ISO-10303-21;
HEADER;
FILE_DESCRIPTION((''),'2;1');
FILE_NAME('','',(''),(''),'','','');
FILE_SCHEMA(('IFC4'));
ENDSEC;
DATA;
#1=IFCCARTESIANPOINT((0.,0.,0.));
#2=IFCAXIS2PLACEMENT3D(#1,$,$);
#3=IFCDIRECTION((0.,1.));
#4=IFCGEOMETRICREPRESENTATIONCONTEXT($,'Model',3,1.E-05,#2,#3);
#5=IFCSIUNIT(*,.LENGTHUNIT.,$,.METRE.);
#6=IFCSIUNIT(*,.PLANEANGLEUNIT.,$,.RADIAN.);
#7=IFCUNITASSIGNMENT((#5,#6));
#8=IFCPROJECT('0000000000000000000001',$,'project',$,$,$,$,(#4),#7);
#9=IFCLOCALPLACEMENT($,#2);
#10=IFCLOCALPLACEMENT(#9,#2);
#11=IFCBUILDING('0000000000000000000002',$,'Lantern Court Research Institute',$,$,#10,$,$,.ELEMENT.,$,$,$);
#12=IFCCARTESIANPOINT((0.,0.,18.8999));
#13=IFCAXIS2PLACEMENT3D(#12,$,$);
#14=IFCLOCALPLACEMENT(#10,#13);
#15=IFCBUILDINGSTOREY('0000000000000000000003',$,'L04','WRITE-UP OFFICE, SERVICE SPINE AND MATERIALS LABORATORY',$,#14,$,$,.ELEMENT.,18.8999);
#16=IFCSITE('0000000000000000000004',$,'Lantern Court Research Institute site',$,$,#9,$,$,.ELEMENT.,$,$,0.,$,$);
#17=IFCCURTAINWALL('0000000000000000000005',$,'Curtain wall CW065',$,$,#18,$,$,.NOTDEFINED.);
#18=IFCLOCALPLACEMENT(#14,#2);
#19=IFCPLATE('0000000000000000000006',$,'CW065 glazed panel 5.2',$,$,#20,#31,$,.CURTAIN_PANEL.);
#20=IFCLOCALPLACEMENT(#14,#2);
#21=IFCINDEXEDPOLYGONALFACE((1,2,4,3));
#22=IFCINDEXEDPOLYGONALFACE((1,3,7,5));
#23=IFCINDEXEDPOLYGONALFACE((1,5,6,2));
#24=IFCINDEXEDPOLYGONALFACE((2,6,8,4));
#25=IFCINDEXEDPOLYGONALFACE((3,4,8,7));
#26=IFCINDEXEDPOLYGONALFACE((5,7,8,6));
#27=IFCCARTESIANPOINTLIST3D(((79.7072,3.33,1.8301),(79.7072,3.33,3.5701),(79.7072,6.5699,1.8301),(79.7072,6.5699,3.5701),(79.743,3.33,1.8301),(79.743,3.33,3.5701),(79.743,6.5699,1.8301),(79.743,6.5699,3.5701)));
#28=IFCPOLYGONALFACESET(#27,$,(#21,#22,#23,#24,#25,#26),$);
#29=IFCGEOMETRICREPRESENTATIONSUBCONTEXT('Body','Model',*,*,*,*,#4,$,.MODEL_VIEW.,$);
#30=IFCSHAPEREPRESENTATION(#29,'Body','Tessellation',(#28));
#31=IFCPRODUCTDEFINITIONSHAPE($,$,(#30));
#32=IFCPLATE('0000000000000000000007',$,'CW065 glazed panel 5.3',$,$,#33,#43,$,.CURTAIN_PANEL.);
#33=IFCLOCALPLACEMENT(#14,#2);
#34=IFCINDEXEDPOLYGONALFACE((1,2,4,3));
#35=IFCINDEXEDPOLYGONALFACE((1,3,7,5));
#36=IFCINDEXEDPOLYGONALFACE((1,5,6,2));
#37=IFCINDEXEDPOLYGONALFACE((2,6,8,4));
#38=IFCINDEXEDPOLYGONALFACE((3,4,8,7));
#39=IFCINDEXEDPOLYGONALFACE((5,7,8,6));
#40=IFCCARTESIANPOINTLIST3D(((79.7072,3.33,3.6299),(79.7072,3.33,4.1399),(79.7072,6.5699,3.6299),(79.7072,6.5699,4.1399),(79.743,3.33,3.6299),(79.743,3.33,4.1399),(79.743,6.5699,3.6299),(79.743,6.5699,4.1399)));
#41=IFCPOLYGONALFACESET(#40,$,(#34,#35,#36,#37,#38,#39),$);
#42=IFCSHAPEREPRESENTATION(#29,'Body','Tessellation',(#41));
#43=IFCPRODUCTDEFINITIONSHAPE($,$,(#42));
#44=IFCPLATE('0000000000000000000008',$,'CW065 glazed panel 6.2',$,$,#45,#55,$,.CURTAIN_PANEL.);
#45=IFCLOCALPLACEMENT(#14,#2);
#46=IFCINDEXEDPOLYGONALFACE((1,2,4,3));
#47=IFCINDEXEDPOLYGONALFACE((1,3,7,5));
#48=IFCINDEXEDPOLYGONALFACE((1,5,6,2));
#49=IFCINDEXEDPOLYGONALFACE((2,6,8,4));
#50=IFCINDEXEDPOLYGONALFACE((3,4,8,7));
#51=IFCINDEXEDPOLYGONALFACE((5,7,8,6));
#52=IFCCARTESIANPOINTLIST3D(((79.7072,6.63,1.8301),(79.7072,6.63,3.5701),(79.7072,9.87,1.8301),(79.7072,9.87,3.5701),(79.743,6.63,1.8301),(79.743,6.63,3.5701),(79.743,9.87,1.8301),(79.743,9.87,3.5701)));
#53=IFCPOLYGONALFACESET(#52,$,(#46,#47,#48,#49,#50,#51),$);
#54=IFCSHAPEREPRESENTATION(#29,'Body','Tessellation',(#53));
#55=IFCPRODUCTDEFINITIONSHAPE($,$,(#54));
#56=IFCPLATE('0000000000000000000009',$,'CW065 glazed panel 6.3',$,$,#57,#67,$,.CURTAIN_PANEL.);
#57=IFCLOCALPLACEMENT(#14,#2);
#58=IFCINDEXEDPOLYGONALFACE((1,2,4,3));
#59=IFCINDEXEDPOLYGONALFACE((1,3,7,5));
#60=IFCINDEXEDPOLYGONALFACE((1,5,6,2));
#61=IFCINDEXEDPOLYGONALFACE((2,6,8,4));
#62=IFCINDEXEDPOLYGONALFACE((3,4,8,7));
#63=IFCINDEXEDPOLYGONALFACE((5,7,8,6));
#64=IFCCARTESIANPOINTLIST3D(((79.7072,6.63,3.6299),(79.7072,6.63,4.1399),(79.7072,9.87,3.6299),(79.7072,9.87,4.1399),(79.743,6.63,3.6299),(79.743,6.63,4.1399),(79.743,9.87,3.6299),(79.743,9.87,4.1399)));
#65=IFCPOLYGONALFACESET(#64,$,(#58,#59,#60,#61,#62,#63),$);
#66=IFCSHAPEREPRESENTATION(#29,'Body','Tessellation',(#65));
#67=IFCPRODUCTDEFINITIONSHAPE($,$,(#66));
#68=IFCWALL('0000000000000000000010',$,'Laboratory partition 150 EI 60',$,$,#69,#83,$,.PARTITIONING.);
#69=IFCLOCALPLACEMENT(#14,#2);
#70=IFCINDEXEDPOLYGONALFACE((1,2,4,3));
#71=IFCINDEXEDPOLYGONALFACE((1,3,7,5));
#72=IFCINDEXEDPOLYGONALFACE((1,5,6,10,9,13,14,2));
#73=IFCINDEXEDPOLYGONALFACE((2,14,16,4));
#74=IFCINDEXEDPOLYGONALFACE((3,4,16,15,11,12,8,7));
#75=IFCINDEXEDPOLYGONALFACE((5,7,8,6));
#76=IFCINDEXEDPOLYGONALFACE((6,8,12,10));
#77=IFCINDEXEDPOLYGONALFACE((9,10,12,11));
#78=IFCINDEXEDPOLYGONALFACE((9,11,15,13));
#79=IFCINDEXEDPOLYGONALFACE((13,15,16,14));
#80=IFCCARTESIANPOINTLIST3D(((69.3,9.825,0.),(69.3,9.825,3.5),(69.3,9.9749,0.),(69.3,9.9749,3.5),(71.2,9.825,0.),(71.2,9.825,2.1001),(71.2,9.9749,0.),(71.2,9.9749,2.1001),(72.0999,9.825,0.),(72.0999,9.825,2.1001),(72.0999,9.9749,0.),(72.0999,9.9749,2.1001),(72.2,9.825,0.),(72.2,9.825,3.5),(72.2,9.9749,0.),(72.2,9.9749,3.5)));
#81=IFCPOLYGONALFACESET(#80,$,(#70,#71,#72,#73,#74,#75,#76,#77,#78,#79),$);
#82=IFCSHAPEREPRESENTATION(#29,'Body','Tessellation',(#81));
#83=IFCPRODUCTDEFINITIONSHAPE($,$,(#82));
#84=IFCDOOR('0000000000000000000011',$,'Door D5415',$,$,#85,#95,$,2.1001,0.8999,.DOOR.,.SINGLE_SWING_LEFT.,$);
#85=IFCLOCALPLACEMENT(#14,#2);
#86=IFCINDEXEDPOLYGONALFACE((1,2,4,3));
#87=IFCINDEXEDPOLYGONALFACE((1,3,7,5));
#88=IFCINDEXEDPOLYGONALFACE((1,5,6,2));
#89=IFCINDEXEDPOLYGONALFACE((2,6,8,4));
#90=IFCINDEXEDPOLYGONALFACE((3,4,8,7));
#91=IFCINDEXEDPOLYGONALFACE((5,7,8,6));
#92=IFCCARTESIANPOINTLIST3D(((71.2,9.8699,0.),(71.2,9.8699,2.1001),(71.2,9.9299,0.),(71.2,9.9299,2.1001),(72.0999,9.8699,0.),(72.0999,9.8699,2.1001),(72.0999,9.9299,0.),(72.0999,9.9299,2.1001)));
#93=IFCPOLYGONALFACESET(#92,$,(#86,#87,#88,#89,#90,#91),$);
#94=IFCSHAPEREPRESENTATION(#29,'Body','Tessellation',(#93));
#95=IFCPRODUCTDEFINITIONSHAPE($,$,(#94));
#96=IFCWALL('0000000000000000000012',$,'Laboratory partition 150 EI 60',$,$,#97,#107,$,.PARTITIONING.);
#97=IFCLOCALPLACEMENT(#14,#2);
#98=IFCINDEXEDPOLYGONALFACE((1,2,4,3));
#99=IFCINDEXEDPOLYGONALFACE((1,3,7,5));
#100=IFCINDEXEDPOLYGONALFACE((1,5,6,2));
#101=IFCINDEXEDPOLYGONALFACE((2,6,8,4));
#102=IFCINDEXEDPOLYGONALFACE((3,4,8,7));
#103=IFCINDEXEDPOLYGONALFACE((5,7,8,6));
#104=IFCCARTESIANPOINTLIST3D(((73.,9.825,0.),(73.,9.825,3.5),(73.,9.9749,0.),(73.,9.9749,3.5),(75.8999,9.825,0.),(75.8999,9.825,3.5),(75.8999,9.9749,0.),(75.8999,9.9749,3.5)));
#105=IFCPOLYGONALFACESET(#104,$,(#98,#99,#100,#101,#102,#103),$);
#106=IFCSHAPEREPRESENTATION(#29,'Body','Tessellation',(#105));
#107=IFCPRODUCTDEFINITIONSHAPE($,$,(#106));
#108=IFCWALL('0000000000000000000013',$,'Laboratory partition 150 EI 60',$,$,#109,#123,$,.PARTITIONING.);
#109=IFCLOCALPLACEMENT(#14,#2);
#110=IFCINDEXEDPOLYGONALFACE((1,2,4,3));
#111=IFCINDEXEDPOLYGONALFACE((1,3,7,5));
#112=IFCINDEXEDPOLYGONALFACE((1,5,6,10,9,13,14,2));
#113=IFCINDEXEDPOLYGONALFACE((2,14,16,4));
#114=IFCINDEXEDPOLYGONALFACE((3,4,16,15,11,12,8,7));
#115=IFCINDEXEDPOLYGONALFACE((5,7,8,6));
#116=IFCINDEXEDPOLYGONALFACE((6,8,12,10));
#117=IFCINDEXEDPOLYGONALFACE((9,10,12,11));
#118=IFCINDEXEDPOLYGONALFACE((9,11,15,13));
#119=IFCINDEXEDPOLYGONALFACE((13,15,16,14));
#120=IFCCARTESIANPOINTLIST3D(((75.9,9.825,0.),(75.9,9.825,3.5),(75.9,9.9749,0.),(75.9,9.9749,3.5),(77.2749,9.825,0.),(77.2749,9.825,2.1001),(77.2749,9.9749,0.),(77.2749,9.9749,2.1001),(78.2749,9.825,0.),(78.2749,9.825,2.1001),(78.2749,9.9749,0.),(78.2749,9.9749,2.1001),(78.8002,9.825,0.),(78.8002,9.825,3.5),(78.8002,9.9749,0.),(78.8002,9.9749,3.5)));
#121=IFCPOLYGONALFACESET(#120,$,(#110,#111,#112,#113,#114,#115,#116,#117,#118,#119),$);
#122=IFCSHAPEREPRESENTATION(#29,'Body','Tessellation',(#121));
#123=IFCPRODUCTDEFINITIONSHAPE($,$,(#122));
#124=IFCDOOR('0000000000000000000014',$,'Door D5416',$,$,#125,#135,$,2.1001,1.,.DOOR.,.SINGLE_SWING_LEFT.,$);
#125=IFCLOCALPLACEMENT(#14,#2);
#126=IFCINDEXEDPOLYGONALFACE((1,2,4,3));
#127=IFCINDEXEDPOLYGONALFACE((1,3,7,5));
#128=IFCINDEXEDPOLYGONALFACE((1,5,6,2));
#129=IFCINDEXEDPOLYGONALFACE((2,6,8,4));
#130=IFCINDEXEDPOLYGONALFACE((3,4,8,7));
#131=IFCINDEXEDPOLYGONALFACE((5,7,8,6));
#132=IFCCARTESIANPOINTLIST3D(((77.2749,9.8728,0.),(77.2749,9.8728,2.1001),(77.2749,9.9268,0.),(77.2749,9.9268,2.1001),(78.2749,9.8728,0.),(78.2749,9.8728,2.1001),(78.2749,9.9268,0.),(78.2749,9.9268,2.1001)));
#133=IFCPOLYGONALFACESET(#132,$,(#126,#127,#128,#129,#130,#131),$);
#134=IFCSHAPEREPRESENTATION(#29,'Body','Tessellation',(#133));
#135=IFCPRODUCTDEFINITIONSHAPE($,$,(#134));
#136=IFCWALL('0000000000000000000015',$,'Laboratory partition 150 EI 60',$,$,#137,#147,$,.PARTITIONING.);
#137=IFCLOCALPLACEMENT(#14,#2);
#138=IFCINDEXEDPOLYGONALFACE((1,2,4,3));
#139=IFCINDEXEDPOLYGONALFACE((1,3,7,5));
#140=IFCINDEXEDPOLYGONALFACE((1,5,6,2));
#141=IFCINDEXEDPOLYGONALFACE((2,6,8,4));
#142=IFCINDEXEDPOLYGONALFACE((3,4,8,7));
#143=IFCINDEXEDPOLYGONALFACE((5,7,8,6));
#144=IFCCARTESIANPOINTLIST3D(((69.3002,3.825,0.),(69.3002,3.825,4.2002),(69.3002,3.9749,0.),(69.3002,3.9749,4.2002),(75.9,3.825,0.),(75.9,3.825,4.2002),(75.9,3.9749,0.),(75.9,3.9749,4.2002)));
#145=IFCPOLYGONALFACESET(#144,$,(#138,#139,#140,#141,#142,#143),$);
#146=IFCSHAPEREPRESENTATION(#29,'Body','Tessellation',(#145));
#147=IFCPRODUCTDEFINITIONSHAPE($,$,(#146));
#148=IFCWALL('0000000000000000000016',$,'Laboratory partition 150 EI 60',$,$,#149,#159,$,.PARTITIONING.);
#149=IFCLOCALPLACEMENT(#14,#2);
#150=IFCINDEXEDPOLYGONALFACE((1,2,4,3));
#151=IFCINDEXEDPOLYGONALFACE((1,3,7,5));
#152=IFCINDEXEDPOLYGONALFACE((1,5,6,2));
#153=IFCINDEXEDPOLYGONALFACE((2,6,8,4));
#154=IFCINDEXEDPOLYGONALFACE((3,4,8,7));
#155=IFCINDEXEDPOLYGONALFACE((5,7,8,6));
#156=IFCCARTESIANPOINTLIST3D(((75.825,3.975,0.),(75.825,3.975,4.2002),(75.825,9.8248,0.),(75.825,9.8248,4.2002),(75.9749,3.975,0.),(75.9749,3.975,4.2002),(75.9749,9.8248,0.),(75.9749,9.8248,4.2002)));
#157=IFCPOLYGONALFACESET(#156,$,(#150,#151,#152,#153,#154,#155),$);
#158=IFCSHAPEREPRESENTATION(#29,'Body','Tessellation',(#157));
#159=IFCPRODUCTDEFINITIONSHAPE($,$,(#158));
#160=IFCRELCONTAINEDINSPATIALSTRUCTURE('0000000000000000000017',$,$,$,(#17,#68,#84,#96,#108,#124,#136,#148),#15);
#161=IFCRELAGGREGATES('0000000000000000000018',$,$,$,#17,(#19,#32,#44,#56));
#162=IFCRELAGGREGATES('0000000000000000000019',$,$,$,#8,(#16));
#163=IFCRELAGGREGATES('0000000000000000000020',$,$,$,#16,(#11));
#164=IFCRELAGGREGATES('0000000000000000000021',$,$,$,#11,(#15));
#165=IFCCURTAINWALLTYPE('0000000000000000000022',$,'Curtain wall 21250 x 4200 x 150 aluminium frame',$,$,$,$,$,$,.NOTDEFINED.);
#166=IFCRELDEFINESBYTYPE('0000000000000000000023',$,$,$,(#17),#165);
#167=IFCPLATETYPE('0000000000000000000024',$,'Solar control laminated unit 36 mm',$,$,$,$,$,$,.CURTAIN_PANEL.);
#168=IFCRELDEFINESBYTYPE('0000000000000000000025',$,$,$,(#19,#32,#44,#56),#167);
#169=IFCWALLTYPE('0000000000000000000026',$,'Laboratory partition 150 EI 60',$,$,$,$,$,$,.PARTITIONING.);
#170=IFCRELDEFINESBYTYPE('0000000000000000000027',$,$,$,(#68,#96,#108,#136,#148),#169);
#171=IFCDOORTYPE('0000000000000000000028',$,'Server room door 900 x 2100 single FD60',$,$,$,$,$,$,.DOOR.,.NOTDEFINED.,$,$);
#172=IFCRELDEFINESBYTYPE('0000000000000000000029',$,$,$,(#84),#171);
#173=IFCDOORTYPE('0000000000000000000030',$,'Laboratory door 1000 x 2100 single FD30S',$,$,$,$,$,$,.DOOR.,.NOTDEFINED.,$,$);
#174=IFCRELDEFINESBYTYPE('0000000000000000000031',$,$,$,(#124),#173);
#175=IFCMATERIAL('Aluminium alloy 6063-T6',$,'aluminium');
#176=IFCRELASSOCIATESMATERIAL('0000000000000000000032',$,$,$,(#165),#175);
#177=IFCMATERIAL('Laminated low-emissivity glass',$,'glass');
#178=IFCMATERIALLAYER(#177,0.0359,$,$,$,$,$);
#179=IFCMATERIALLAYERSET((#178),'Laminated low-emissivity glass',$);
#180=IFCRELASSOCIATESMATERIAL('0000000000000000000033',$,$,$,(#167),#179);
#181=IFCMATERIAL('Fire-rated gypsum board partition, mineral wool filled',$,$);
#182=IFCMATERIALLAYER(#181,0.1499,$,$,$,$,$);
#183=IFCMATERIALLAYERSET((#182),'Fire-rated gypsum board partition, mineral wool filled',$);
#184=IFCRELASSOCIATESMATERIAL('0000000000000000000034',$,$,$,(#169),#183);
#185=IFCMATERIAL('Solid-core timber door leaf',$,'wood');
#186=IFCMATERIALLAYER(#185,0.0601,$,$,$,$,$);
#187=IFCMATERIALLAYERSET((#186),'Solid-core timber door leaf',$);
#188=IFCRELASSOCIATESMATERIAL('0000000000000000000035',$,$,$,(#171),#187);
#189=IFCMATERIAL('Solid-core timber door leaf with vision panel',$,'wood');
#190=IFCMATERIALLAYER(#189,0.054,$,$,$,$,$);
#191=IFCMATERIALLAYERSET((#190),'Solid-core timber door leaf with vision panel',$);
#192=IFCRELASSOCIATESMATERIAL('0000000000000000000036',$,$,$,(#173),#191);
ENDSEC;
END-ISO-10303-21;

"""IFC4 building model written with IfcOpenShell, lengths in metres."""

from ifc_helpers import new_model, si_unit, direction, frame, frame_2d, origin, origin_2d, place, context, subcontext, project, spatial, rectangle, extrude, material, layer, layer_set, type_object, element, fill, aggregate, save


model = new_model("IFC4")

# Units and contexts
model_context = context("Model", 3, precision=1e-05, world=origin(), true_north=direction((0.0, 1.0)))
body_context = subcontext(model_context, "Body", "Model", "MODEL_VIEW")
ifc_project = project(units=[si_unit("LENGTHUNIT", "METRE"), si_unit("PLANEANGLEUNIT", "RADIAN")], contexts=[model_context])

# Site, building, storey
site_placement = place(None, origin())
site = spatial("IfcSite", under=ifc_project, at=site_placement, Name="Lantern Court Research Institute site", CompositionType="ELEMENT", RefElevation=0.0)
building_placement = place(site_placement, origin())
building = spatial("IfcBuilding", under=site, at=building_placement, Name="Lantern Court Research Institute", CompositionType="ELEMENT")
storey_placement = place(building_placement, frame((0.0, 0.0, 18.8999)))
storey = spatial("IfcBuildingStorey", under=building, at=storey_placement, Name="L04", Description="WRITE-UP OFFICE, SERVICE SPINE AND MATERIALS LABORATORY", CompositionType="ELEMENT", Elevation=18.8999)

# Curtain wall
ifc_material_1 = material(Name="Aluminium alloy 6063-T6", Category="aluminium")
curtain_wall_type = type_object("IfcCurtainWallType", Name="Curtain wall 21250 x 4200 x 150 aluminium frame", PredefinedType="NOTDEFINED", material=ifc_material_1)
curtain_wall_placement = place(storey_placement, origin())
curtain_wall = element("IfcCurtainWall", 1, at=curtain_wall_placement, inside=storey, type_object=curtain_wall_type, Name="Curtain wall CW065", PredefinedType="NOTDEFINED")

# Plates
ifc_material_2 = material(Name="Laminated low-emissivity glass", Category="glass")
ifc_layer_1 = layer(ifc_material_2, 0.0359)
ifc_layer_set_1 = layer_set([ifc_layer_1], Name="Laminated low-emissivity glass")
plate_type_1 = type_object("IfcPlateType", Name="Solar control laminated unit 36 mm", PredefinedType="CURTAIN_PANEL", material=ifc_layer_set_1)
plate_1_placement = place(storey_placement, frame((79.7251, 4.95, 1.8301), z_axis=(0.0, 0.0, 1.0), x_axis=(0.0, -1.0, 0.0)))
plate_1 = element("IfcPlate", 2, at=plate_1_placement, type_object=plate_type_1, Name="CW065 glazed panel 5.2", PredefinedType="CURTAIN_PANEL", context=body_context, shape_type="SweptSolid", body=[
    extrude(rectangle(XDim=3.24, YDim=0.0359, at=origin_2d()), origin(), (0.0, 0.0, 1.0), 1.74),
])
plate_2_placement = place(storey_placement, frame((79.7251, 4.95, 3.6299), z_axis=(0.0, 0.0, 1.0), x_axis=(0.0, -1.0, 0.0)))
plate_2 = element("IfcPlate", 3, at=plate_2_placement, type_object=plate_type_1, Name="CW065 glazed panel 5.3", PredefinedType="CURTAIN_PANEL", context=body_context, shape_type="SweptSolid", body=[
    extrude(rectangle(XDim=3.24, YDim=0.0359, at=origin_2d()), origin(), (0.0, 0.0, 1.0), 0.51),
])
plate_3_placement = place(storey_placement, frame((79.7251, 8.25, 1.8301), z_axis=(0.0, 0.0, 1.0), x_axis=(0.0, -1.0, 0.0)))
plate_3 = element("IfcPlate", 4, at=plate_3_placement, type_object=plate_type_1, Name="CW065 glazed panel 6.2", PredefinedType="CURTAIN_PANEL", context=body_context, shape_type="SweptSolid", body=[
    extrude(rectangle(XDim=3.24, YDim=0.0359, at=origin_2d()), origin(), (0.0, 0.0, 1.0), 1.74),
])
plate_4_placement = place(storey_placement, frame((79.7251, 8.25, 3.6299), z_axis=(0.0, 0.0, 1.0), x_axis=(0.0, -1.0, 0.0)))
plate_4 = element("IfcPlate", 5, at=plate_4_placement, type_object=plate_type_1, Name="CW065 glazed panel 6.3", PredefinedType="CURTAIN_PANEL", context=body_context, shape_type="SweptSolid", body=[
    extrude(rectangle(XDim=3.24, YDim=0.0359, at=origin_2d()), origin(), (0.0, 0.0, 1.0), 0.51),
])
aggregate(curtain_wall, [plate_1, plate_2, plate_3, plate_4])

# Wall, opening, door
ifc_material_3 = material(Name="Fire-rated gypsum board partition, mineral wool filled")
ifc_layer_2 = layer(ifc_material_3, 0.1499)
ifc_layer_set_2 = layer_set([ifc_layer_2], Name="Fire-rated gypsum board partition, mineral wool filled")
wall_type = type_object("IfcWallType", Name="Laboratory partition 150 EI 60", PredefinedType="PARTITIONING", material=ifc_layer_set_2)
wall_1_placement = place(storey_placement, frame((69.3, 9.8999, 0.0), z_axis=(0.0, 0.0, 1.0), x_axis=(1.0, 0.0, 0.0)))
wall_1 = element("IfcWall", 6, at=wall_1_placement, inside=storey, type_object=wall_type, Name="Laboratory partition 150 EI 60", PredefinedType="PARTITIONING", context=body_context, shape_type="SweptSolid", body=[
    extrude(rectangle(XDim=2.8999, YDim=0.1499, at=frame_2d((1.45, 0.0))), origin(), (0.0, 0.0, 1.0), 3.5),
])
opening_1_placement = place(wall_1_placement, frame((1.8999, 0.0, 0.0)))
opening_1 = element("IfcOpeningElement", 7, at=opening_1_placement, cuts=wall_1, PredefinedType="OPENING", context=body_context, shape_type="SweptSolid", body=[
    extrude(rectangle(XDim=0.8999, YDim=2.1001, at=frame_2d((0.45, 1.05))), frame((0.0, 0.085, 0.0), z_axis=(0.0, -1.0, 0.0), x_axis=(1.0, 0.0, 0.0)), (0.0, 0.0, 1.0), 0.1699),
])
ifc_material_4 = material(Name="Solid-core timber door leaf", Category="wood")
ifc_layer_3 = layer(ifc_material_4, 0.0601)
ifc_layer_set_3 = layer_set([ifc_layer_3], Name="Solid-core timber door leaf")
door_type_1 = type_object("IfcDoorType", Name="Server room door 900 x 2100 single FD60", OperationType="NOTDEFINED", PredefinedType="DOOR", material=ifc_layer_set_3)
door_1_placement = place(opening_1_placement, origin())
door_1 = element("IfcDoor", 8, at=door_1_placement, inside=storey, type_object=door_type_1, Name="Door D5415", OperationType="SINGLE_SWING_LEFT", OverallHeight=2.1001, OverallWidth=0.8999, PredefinedType="DOOR", context=body_context, shape_type="SweptSolid", body=[
    extrude(rectangle(XDim=0.8999, YDim=2.1001, at=frame_2d((0.45, 1.05))), frame((0.0, 0.03, 0.0), z_axis=(0.0, -1.0, 0.0), x_axis=(1.0, 0.0, 0.0)), (0.0, 0.0, 1.0), 0.0601),
])
fill(opening_1, door_1)

# Wall
wall_2_placement = place(storey_placement, frame((73.0, 9.8999, 0.0), z_axis=(0.0, 0.0, 1.0), x_axis=(1.0, 0.0, 0.0)))
element("IfcWall", 9, at=wall_2_placement, inside=storey, type_object=wall_type, Name="Laboratory partition 150 EI 60", PredefinedType="PARTITIONING", context=body_context, shape_type="SweptSolid", body=[
    extrude(rectangle(XDim=2.8999, YDim=0.1499, at=frame_2d((1.45, 0.0))), origin(), (0.0, 0.0, 1.0), 3.5),
])

# Wall, opening, door
wall_3_placement = place(storey_placement, frame((75.8999, 9.8999, 0.0), z_axis=(0.0, 0.0, 1.0), x_axis=(1.0, 0.0, 0.0)))
wall_3 = element("IfcWall", 10, at=wall_3_placement, inside=storey, type_object=wall_type, Name="Laboratory partition 150 EI 60", PredefinedType="PARTITIONING", context=body_context, shape_type="SweptSolid", body=[
    extrude(rectangle(XDim=2.9001, YDim=0.1499, at=frame_2d((1.4502, 0.0))), origin(), (0.0, 0.0, 1.0), 3.5),
])
opening_2_placement = place(wall_3_placement, frame((1.375, 0.0, 0.0)))
opening_2 = element("IfcOpeningElement", 11, at=opening_2_placement, cuts=wall_3, PredefinedType="OPENING", context=body_context, shape_type="SweptSolid", body=[
    extrude(rectangle(XDim=1.0, YDim=2.1001, at=frame_2d((0.5, 1.05))), frame((0.0, 0.085, 0.0), z_axis=(0.0, -1.0, 0.0), x_axis=(1.0, 0.0, 0.0)), (0.0, 0.0, 1.0), 0.1699),
])
ifc_material_5 = material(Name="Solid-core timber door leaf with vision panel", Category="wood")
ifc_layer_4 = layer(ifc_material_5, 0.054)
ifc_layer_set_4 = layer_set([ifc_layer_4], Name="Solid-core timber door leaf with vision panel")
door_type_2 = type_object("IfcDoorType", Name="Laboratory door 1000 x 2100 single FD30S", OperationType="NOTDEFINED", PredefinedType="DOOR", material=ifc_layer_set_4)
door_2_placement = place(opening_2_placement, origin())
door_2 = element("IfcDoor", 12, at=door_2_placement, inside=storey, type_object=door_type_2, Name="Door D5416", OperationType="SINGLE_SWING_LEFT", OverallHeight=2.1001, OverallWidth=1.0, PredefinedType="DOOR", context=body_context, shape_type="SweptSolid", body=[
    extrude(rectangle(XDim=1.0, YDim=2.1001, at=frame_2d((0.5, 1.05))), frame((0.0, 0.0269, 0.0), z_axis=(0.0, -1.0, 0.0), x_axis=(1.0, 0.0, 0.0)), (0.0, 0.0, 1.0), 0.054),
])
fill(opening_2, door_2)

# Walls
wall_4_placement = place(storey_placement, frame((75.8999, 3.8999, 0.0), z_axis=(0.0, 0.0, 1.0), x_axis=(-1.0, 0.0, 0.0)))
element("IfcWall", 13, at=wall_4_placement, inside=storey, type_object=wall_type, Name="Laboratory partition 150 EI 60", PredefinedType="PARTITIONING", context=body_context, shape_type="SweptSolid", body=[
    extrude(rectangle(XDim=6.5999, YDim=0.1499, at=frame_2d((3.2998, 0.0))), origin(), (0.0, 0.0, 1.0), 4.2002),
])
wall_5_placement = place(storey_placement, frame((75.8999, 3.9751, 0.0), z_axis=(0.0, 0.0, 1.0), x_axis=(0.0, 1.0, 0.0)))
element("IfcWall", 14, at=wall_5_placement, inside=storey, type_object=wall_type, Name="Laboratory partition 150 EI 60", PredefinedType="PARTITIONING", context=body_context, shape_type="SweptSolid", body=[
    extrude(rectangle(XDim=5.8499, YDim=0.1499, at=frame_2d((2.9248, 0.0))), origin(), (0.0, 0.0, 1.0), 4.2002),
])

save(model, "model.ifc")
